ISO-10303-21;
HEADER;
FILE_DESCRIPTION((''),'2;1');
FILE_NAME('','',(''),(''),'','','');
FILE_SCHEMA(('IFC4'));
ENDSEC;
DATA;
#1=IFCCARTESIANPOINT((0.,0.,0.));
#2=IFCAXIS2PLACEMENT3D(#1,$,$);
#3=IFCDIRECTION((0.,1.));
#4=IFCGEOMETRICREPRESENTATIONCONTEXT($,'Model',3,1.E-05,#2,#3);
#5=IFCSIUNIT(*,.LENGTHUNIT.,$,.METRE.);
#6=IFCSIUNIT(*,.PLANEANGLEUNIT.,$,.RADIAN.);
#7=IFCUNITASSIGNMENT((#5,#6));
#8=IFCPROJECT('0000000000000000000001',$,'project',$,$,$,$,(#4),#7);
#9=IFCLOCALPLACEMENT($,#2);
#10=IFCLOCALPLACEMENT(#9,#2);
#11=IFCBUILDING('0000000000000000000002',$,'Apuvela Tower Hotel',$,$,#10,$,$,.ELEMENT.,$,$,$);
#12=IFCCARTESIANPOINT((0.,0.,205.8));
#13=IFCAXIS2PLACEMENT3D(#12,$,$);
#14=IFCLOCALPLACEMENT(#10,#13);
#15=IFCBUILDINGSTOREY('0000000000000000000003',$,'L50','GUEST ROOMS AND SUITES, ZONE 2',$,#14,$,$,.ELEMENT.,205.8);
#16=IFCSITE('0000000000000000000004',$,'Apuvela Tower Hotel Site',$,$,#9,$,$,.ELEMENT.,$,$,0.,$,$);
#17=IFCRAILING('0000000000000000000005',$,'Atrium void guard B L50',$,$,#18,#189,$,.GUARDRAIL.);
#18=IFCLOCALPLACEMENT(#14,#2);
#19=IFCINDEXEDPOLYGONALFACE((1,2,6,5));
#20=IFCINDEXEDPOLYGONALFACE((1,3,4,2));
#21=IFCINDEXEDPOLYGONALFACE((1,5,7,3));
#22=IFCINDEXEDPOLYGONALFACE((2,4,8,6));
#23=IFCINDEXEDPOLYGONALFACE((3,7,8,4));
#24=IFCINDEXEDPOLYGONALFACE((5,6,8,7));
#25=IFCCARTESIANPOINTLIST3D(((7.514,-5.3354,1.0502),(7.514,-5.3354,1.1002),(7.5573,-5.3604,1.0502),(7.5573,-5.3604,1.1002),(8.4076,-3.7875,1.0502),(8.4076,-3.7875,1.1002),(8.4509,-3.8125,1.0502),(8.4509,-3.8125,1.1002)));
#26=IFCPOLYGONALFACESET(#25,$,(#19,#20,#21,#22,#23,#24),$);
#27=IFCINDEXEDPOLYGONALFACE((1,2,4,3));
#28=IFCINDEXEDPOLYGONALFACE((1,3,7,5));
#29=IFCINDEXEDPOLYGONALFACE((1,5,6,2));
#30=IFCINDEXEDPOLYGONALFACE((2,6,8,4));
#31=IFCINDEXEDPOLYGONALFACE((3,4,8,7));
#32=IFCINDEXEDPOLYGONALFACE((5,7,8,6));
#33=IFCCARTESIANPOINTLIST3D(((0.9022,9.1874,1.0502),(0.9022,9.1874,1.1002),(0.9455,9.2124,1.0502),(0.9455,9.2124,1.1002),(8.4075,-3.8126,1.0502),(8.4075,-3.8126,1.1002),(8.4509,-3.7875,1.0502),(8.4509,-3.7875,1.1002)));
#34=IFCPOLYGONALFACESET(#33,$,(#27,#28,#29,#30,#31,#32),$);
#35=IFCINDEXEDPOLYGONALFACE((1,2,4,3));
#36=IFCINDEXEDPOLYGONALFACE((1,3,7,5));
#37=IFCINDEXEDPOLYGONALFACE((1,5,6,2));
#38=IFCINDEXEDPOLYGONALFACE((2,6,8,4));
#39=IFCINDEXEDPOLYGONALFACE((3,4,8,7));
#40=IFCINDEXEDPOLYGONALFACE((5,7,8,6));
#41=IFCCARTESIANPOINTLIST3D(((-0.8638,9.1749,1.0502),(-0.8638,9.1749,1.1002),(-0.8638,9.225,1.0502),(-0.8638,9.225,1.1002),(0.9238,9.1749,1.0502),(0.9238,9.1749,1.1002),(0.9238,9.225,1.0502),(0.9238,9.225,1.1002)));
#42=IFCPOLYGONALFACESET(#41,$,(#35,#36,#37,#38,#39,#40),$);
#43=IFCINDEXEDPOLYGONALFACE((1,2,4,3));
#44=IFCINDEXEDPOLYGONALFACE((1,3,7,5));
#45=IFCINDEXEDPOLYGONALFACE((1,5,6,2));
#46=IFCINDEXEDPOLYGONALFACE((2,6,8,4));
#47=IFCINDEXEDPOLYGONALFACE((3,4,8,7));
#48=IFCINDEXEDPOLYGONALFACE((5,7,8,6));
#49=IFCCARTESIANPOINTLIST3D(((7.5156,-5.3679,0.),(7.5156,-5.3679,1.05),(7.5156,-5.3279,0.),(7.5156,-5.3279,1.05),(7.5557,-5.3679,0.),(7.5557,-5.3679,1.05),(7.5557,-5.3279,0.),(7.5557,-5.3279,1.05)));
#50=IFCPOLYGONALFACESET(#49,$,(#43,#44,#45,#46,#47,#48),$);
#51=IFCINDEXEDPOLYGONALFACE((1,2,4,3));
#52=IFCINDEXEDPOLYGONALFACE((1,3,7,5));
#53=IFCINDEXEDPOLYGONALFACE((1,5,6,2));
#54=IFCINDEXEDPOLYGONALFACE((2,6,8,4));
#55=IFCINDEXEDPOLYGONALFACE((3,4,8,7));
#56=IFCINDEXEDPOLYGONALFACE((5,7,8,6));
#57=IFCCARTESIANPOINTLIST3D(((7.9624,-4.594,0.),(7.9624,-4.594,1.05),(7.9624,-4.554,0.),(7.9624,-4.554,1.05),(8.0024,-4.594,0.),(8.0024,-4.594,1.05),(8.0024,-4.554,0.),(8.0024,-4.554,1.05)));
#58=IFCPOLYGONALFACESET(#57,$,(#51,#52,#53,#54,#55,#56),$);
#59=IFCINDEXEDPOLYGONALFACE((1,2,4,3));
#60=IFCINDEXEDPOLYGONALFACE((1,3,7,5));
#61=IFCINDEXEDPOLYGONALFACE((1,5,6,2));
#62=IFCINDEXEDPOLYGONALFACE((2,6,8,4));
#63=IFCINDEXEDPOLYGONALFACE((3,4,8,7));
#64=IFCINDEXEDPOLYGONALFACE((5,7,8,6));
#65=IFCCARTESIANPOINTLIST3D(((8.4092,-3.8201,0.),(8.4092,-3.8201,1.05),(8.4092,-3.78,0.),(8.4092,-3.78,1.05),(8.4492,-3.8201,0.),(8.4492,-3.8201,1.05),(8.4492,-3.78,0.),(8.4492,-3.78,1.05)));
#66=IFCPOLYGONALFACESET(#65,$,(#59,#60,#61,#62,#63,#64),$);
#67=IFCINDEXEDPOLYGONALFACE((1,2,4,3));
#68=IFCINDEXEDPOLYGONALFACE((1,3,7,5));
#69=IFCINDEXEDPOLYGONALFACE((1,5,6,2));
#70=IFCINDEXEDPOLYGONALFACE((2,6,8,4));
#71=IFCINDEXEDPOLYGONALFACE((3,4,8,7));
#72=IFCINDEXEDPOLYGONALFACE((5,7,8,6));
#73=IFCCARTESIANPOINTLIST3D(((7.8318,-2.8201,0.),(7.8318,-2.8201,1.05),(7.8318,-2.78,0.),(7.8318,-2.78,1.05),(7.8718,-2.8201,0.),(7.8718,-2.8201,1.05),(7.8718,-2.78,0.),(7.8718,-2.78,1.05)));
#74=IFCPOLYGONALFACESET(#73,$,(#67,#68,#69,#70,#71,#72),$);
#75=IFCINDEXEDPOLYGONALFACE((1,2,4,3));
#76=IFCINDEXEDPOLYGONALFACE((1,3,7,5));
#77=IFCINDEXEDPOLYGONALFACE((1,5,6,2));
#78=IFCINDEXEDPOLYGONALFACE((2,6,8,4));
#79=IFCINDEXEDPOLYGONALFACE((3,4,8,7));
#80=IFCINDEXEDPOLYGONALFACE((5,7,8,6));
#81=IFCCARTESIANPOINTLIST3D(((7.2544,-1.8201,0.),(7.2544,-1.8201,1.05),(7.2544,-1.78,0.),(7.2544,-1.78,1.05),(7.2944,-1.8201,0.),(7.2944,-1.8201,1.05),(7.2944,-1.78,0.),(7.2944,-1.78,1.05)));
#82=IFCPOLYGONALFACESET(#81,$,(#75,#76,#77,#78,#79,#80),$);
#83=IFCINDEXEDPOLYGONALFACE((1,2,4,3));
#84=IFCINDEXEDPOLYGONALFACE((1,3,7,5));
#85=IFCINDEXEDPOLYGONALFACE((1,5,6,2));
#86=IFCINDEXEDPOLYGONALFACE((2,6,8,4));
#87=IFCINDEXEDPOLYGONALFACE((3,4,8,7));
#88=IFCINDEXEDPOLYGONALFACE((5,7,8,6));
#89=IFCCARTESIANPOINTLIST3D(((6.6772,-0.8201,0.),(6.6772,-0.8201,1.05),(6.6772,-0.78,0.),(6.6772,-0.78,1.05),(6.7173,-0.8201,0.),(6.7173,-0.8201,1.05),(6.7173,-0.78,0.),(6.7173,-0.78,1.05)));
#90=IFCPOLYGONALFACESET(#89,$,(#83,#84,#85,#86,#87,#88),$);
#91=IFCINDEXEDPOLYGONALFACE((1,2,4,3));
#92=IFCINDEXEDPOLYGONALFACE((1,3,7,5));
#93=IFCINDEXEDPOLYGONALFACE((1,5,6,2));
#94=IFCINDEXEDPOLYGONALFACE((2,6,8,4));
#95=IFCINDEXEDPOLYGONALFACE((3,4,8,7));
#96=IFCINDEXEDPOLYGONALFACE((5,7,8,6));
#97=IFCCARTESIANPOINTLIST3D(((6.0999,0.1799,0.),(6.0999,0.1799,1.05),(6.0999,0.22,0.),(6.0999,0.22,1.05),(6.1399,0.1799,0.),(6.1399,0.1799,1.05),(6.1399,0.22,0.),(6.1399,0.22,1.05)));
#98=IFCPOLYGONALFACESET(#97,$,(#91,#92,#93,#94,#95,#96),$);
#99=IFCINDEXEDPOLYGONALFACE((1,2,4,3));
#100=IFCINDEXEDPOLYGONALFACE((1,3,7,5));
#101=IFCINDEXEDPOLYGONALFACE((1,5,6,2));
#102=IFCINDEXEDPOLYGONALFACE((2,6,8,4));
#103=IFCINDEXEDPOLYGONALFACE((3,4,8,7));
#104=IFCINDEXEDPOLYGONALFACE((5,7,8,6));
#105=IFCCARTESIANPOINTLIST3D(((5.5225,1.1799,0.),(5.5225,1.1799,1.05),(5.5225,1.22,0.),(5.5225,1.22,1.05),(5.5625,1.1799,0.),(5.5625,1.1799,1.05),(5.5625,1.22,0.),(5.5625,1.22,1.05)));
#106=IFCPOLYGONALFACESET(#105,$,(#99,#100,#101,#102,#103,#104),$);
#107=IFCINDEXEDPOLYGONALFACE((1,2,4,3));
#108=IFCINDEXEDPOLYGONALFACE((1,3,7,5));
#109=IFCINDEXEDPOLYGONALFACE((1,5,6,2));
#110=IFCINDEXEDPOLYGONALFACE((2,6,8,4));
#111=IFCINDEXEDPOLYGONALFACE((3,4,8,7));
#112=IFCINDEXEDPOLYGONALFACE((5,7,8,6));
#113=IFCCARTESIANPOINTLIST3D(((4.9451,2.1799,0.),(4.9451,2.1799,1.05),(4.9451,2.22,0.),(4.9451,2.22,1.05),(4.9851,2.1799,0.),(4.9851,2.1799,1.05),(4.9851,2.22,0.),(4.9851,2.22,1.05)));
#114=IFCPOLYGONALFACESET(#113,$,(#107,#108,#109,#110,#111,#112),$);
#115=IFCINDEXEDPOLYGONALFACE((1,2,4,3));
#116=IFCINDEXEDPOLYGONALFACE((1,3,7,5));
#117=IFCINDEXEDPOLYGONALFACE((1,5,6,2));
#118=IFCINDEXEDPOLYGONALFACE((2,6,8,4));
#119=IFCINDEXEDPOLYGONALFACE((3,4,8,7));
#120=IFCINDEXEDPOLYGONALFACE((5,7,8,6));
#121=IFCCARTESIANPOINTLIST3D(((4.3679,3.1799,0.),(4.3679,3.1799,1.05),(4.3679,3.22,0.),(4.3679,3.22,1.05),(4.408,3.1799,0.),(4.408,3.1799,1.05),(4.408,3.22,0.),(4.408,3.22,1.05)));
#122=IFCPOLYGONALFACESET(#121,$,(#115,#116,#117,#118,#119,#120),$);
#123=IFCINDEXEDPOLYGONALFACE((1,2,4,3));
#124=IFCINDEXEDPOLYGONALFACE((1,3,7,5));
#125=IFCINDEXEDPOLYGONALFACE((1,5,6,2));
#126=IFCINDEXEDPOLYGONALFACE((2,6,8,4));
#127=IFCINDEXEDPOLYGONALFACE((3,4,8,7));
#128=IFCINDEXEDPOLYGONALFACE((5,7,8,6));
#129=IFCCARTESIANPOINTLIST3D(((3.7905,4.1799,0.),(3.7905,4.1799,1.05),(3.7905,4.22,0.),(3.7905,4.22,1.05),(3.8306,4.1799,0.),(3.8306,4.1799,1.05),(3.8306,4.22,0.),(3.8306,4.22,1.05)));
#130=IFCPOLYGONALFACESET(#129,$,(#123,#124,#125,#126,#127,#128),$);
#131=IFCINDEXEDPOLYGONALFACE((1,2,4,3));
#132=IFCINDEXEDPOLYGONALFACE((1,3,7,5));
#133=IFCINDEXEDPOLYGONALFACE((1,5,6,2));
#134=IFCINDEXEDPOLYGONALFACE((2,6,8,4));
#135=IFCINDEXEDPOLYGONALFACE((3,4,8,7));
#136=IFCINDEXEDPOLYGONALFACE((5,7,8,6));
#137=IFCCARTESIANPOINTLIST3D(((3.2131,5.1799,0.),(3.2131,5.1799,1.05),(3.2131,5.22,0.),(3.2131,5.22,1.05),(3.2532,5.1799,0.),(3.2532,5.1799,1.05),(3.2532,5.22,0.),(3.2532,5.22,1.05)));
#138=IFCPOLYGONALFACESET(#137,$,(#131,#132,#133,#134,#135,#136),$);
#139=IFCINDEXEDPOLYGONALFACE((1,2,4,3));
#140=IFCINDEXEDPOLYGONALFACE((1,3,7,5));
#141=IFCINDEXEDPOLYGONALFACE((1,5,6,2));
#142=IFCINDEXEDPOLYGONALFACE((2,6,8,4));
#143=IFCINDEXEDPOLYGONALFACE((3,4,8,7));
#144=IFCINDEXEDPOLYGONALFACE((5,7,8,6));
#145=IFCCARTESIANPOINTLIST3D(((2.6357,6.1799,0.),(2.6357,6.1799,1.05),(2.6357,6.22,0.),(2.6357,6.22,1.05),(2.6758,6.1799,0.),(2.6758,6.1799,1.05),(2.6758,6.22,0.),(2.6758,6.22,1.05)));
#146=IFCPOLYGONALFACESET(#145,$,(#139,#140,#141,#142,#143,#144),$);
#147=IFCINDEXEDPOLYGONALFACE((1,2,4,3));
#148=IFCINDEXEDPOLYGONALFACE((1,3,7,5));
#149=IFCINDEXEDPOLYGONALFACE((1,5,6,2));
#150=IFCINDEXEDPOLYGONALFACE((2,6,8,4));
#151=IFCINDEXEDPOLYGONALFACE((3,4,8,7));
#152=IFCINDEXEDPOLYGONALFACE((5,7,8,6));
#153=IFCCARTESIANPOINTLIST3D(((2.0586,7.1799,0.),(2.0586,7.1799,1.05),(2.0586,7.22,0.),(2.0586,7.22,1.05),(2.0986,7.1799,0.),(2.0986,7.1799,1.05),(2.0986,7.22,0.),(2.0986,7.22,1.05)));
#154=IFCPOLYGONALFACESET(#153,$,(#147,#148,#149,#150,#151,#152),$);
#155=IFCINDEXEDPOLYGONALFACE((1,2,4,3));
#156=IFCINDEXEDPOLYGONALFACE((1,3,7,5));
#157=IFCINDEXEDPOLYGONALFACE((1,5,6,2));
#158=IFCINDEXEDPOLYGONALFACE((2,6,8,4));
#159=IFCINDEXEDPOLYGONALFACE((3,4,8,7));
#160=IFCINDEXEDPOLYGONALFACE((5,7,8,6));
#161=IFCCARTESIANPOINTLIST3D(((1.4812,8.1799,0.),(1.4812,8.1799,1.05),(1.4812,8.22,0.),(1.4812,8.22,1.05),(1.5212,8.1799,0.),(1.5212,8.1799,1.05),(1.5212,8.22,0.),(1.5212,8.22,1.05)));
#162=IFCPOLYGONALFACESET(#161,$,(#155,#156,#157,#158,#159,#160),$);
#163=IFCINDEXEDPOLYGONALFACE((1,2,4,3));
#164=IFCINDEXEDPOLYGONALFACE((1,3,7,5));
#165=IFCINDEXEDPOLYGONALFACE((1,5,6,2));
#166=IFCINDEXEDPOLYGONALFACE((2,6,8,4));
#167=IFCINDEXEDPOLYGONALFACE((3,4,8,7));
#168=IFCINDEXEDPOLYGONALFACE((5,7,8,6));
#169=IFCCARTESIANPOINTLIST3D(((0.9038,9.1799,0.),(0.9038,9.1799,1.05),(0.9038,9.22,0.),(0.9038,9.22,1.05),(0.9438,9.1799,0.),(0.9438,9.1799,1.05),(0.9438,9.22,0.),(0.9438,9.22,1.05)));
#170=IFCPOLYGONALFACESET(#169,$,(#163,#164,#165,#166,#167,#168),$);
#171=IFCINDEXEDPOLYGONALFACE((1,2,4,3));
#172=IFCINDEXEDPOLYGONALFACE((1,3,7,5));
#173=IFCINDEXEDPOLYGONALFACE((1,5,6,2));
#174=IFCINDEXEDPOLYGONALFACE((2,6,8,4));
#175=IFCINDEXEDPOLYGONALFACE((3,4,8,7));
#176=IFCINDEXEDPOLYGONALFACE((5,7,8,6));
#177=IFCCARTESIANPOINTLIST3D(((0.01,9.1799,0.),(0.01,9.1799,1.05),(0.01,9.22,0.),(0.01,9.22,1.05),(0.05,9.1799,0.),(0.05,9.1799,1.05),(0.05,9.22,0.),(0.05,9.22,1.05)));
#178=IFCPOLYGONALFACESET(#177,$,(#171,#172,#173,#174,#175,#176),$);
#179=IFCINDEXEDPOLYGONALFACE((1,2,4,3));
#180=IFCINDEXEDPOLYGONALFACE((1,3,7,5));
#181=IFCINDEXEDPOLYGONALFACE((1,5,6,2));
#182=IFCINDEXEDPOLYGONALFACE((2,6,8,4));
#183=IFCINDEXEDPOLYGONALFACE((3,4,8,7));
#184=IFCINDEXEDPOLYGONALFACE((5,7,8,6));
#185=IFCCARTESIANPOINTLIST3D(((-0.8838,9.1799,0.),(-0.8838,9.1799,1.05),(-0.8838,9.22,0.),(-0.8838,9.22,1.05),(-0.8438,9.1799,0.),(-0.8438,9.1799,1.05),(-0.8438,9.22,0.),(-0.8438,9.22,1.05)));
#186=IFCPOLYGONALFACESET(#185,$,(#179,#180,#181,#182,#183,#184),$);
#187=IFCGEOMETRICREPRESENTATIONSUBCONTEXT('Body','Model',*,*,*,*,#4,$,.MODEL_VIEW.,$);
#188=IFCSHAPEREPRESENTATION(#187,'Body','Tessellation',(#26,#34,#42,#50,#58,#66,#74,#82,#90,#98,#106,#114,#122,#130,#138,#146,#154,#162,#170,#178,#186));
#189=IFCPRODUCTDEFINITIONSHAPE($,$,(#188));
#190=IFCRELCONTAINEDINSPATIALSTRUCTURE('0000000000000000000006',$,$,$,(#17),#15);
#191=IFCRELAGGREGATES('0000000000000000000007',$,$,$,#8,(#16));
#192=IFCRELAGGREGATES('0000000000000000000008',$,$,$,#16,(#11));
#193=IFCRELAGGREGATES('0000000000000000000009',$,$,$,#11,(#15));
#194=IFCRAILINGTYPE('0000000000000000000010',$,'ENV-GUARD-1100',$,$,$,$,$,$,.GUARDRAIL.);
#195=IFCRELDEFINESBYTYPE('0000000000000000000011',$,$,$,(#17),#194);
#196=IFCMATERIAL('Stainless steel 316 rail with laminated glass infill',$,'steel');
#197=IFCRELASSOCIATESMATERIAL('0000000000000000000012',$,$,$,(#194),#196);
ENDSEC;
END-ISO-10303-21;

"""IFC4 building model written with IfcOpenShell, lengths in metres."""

from ifc_helpers import new_model, si_unit, direction, frame, origin, origin_2d, place, context, subcontext, project, spatial, rectangle, extrude, material, type_object, element, save


model = new_model("IFC4")

# Units and contexts
model_context = context("Model", 3, precision=1e-05, world=origin(), true_north=direction((0.0, 1.0)))
body_context = subcontext(model_context, "Body", "Model", "MODEL_VIEW")
ifc_project = project(units=[si_unit("LENGTHUNIT", "METRE"), si_unit("PLANEANGLEUNIT", "RADIAN")], contexts=[model_context])

# Site, building, storey
site_placement = place(None, origin())
site = spatial("IfcSite", under=ifc_project, at=site_placement, Name="Apuvela Tower Hotel Site", CompositionType="ELEMENT", RefElevation=0.0)
building_placement = place(site_placement, origin())
building = spatial("IfcBuilding", under=site, at=building_placement, Name="Apuvela Tower Hotel", CompositionType="ELEMENT")
storey_placement = place(building_placement, frame((0.0, 0.0, 205.8)))
storey = spatial("IfcBuildingStorey", under=building, at=storey_placement, Name="L50", Description="GUEST ROOMS AND SUITES, ZONE 2", CompositionType="ELEMENT", Elevation=205.8)

# Railing
ifc_material_1 = material(Name="Stainless steel 316 rail with laminated glass infill", Category="steel")
railing_type_1 = type_object("IfcRailingType", Name="ENV-GUARD-1100", PredefinedType="GUARDRAIL", material=ifc_material_1)
railing_1_placement = place(storey_placement, frame((7.5356, -5.3479, 0.0)))
element("IfcRailing", 1, at=railing_1_placement, inside=storey, type_object=railing_type_1, Name="Atrium void guard B L50", PredefinedType="GUARDRAIL", context=body_context, shape_type="SweptSolid", body=[
    extrude(rectangle(XDim=0.05, YDim=0.05, at=origin_2d()), frame((0.0, 0.0, 1.0752), z_axis=(0.499959, 0.866049, 0.0), x_axis=(-0.866049, 0.499959, 0.0)), (0.0, 0.0, 1.0), 1.7874),
    extrude(rectangle(XDim=0.05, YDim=0.05, at=origin_2d()), frame((0.8936, 1.5479, 1.0752), z_axis=(-0.499991, 0.866031, 0.0), x_axis=(-0.866031, -0.499991, 0.0)), (0.0, 0.0, 1.0), 15.011),
    extrude(rectangle(XDim=0.05, YDim=0.05, at=origin_2d()), frame((-6.6118, 14.5479, 1.0752), z_axis=(-1.0, 0.0, 0.0), x_axis=(0.0, -1.0, 0.0)), (0.0, 0.0, 1.0), 1.7876),
    extrude(rectangle(XDim=0.04, YDim=0.04, at=origin_2d()), origin(), (0.0, 0.0, 1.0), 1.05),
    extrude(rectangle(XDim=0.04, YDim=0.04, at=origin_2d()), frame((0.4468, 0.7739, 0.0)), (0.0, 0.0, 1.0), 1.05),
    extrude(rectangle(XDim=0.04, YDim=0.04, at=origin_2d()), frame((0.8936, 1.5479, 0.0)), (0.0, 0.0, 1.0), 1.05),
    extrude(rectangle(XDim=0.04, YDim=0.04, at=origin_2d()), frame((0.3162, 2.5479, 0.0)), (0.0, 0.0, 1.0), 1.05),
    extrude(rectangle(XDim=0.04, YDim=0.04, at=origin_2d()), frame((-0.2612, 3.5479, 0.0)), (0.0, 0.0, 1.0), 1.05),
    extrude(rectangle(XDim=0.04, YDim=0.04, at=origin_2d()), frame((-0.8384, 4.5479, 0.0)), (0.0, 0.0, 1.0), 1.05),
    extrude(rectangle(XDim=0.04, YDim=0.04, at=origin_2d()), frame((-1.4158, 5.5479, 0.0)), (0.0, 0.0, 1.0), 1.05),
    extrude(rectangle(XDim=0.04, YDim=0.04, at=origin_2d()), frame((-1.9932, 6.5479, 0.0)), (0.0, 0.0, 1.0), 1.05),
    extrude(rectangle(XDim=0.04, YDim=0.04, at=origin_2d()), frame((-2.5706, 7.5479, 0.0)), (0.0, 0.0, 1.0), 1.05),
    extrude(rectangle(XDim=0.04, YDim=0.04, at=origin_2d()), frame((-3.1477, 8.5479, 0.0)), (0.0, 0.0, 1.0), 1.05),
    extrude(rectangle(XDim=0.04, YDim=0.04, at=origin_2d()), frame((-3.7251, 9.5479, 0.0)), (0.0, 0.0, 1.0), 1.05),
    extrude(rectangle(XDim=0.04, YDim=0.04, at=origin_2d()), frame((-4.3025, 10.5479, 0.0)), (0.0, 0.0, 1.0), 1.05),
    extrude(rectangle(XDim=0.04, YDim=0.04, at=origin_2d()), frame((-4.8799, 11.5479, 0.0)), (0.0, 0.0, 1.0), 1.05),
    extrude(rectangle(XDim=0.04, YDim=0.04, at=origin_2d()), frame((-5.457, 12.5479, 0.0)), (0.0, 0.0, 1.0), 1.05),
    extrude(rectangle(XDim=0.04, YDim=0.04, at=origin_2d()), frame((-6.0344, 13.5479, 0.0)), (0.0, 0.0, 1.0), 1.05),
    extrude(rectangle(XDim=0.04, YDim=0.04, at=origin_2d()), frame((-6.6118, 14.5479, 0.0)), (0.0, 0.0, 1.0), 1.05),
    extrude(rectangle(XDim=0.04, YDim=0.04, at=origin_2d()), frame((-7.5056, 14.5479, 0.0)), (0.0, 0.0, 1.0), 1.05),
    extrude(rectangle(XDim=0.04, YDim=0.04, at=origin_2d()), frame((-8.3994, 14.5479, 0.0)), (0.0, 0.0, 1.0), 1.05),
])

save(model, "model.ifc")
